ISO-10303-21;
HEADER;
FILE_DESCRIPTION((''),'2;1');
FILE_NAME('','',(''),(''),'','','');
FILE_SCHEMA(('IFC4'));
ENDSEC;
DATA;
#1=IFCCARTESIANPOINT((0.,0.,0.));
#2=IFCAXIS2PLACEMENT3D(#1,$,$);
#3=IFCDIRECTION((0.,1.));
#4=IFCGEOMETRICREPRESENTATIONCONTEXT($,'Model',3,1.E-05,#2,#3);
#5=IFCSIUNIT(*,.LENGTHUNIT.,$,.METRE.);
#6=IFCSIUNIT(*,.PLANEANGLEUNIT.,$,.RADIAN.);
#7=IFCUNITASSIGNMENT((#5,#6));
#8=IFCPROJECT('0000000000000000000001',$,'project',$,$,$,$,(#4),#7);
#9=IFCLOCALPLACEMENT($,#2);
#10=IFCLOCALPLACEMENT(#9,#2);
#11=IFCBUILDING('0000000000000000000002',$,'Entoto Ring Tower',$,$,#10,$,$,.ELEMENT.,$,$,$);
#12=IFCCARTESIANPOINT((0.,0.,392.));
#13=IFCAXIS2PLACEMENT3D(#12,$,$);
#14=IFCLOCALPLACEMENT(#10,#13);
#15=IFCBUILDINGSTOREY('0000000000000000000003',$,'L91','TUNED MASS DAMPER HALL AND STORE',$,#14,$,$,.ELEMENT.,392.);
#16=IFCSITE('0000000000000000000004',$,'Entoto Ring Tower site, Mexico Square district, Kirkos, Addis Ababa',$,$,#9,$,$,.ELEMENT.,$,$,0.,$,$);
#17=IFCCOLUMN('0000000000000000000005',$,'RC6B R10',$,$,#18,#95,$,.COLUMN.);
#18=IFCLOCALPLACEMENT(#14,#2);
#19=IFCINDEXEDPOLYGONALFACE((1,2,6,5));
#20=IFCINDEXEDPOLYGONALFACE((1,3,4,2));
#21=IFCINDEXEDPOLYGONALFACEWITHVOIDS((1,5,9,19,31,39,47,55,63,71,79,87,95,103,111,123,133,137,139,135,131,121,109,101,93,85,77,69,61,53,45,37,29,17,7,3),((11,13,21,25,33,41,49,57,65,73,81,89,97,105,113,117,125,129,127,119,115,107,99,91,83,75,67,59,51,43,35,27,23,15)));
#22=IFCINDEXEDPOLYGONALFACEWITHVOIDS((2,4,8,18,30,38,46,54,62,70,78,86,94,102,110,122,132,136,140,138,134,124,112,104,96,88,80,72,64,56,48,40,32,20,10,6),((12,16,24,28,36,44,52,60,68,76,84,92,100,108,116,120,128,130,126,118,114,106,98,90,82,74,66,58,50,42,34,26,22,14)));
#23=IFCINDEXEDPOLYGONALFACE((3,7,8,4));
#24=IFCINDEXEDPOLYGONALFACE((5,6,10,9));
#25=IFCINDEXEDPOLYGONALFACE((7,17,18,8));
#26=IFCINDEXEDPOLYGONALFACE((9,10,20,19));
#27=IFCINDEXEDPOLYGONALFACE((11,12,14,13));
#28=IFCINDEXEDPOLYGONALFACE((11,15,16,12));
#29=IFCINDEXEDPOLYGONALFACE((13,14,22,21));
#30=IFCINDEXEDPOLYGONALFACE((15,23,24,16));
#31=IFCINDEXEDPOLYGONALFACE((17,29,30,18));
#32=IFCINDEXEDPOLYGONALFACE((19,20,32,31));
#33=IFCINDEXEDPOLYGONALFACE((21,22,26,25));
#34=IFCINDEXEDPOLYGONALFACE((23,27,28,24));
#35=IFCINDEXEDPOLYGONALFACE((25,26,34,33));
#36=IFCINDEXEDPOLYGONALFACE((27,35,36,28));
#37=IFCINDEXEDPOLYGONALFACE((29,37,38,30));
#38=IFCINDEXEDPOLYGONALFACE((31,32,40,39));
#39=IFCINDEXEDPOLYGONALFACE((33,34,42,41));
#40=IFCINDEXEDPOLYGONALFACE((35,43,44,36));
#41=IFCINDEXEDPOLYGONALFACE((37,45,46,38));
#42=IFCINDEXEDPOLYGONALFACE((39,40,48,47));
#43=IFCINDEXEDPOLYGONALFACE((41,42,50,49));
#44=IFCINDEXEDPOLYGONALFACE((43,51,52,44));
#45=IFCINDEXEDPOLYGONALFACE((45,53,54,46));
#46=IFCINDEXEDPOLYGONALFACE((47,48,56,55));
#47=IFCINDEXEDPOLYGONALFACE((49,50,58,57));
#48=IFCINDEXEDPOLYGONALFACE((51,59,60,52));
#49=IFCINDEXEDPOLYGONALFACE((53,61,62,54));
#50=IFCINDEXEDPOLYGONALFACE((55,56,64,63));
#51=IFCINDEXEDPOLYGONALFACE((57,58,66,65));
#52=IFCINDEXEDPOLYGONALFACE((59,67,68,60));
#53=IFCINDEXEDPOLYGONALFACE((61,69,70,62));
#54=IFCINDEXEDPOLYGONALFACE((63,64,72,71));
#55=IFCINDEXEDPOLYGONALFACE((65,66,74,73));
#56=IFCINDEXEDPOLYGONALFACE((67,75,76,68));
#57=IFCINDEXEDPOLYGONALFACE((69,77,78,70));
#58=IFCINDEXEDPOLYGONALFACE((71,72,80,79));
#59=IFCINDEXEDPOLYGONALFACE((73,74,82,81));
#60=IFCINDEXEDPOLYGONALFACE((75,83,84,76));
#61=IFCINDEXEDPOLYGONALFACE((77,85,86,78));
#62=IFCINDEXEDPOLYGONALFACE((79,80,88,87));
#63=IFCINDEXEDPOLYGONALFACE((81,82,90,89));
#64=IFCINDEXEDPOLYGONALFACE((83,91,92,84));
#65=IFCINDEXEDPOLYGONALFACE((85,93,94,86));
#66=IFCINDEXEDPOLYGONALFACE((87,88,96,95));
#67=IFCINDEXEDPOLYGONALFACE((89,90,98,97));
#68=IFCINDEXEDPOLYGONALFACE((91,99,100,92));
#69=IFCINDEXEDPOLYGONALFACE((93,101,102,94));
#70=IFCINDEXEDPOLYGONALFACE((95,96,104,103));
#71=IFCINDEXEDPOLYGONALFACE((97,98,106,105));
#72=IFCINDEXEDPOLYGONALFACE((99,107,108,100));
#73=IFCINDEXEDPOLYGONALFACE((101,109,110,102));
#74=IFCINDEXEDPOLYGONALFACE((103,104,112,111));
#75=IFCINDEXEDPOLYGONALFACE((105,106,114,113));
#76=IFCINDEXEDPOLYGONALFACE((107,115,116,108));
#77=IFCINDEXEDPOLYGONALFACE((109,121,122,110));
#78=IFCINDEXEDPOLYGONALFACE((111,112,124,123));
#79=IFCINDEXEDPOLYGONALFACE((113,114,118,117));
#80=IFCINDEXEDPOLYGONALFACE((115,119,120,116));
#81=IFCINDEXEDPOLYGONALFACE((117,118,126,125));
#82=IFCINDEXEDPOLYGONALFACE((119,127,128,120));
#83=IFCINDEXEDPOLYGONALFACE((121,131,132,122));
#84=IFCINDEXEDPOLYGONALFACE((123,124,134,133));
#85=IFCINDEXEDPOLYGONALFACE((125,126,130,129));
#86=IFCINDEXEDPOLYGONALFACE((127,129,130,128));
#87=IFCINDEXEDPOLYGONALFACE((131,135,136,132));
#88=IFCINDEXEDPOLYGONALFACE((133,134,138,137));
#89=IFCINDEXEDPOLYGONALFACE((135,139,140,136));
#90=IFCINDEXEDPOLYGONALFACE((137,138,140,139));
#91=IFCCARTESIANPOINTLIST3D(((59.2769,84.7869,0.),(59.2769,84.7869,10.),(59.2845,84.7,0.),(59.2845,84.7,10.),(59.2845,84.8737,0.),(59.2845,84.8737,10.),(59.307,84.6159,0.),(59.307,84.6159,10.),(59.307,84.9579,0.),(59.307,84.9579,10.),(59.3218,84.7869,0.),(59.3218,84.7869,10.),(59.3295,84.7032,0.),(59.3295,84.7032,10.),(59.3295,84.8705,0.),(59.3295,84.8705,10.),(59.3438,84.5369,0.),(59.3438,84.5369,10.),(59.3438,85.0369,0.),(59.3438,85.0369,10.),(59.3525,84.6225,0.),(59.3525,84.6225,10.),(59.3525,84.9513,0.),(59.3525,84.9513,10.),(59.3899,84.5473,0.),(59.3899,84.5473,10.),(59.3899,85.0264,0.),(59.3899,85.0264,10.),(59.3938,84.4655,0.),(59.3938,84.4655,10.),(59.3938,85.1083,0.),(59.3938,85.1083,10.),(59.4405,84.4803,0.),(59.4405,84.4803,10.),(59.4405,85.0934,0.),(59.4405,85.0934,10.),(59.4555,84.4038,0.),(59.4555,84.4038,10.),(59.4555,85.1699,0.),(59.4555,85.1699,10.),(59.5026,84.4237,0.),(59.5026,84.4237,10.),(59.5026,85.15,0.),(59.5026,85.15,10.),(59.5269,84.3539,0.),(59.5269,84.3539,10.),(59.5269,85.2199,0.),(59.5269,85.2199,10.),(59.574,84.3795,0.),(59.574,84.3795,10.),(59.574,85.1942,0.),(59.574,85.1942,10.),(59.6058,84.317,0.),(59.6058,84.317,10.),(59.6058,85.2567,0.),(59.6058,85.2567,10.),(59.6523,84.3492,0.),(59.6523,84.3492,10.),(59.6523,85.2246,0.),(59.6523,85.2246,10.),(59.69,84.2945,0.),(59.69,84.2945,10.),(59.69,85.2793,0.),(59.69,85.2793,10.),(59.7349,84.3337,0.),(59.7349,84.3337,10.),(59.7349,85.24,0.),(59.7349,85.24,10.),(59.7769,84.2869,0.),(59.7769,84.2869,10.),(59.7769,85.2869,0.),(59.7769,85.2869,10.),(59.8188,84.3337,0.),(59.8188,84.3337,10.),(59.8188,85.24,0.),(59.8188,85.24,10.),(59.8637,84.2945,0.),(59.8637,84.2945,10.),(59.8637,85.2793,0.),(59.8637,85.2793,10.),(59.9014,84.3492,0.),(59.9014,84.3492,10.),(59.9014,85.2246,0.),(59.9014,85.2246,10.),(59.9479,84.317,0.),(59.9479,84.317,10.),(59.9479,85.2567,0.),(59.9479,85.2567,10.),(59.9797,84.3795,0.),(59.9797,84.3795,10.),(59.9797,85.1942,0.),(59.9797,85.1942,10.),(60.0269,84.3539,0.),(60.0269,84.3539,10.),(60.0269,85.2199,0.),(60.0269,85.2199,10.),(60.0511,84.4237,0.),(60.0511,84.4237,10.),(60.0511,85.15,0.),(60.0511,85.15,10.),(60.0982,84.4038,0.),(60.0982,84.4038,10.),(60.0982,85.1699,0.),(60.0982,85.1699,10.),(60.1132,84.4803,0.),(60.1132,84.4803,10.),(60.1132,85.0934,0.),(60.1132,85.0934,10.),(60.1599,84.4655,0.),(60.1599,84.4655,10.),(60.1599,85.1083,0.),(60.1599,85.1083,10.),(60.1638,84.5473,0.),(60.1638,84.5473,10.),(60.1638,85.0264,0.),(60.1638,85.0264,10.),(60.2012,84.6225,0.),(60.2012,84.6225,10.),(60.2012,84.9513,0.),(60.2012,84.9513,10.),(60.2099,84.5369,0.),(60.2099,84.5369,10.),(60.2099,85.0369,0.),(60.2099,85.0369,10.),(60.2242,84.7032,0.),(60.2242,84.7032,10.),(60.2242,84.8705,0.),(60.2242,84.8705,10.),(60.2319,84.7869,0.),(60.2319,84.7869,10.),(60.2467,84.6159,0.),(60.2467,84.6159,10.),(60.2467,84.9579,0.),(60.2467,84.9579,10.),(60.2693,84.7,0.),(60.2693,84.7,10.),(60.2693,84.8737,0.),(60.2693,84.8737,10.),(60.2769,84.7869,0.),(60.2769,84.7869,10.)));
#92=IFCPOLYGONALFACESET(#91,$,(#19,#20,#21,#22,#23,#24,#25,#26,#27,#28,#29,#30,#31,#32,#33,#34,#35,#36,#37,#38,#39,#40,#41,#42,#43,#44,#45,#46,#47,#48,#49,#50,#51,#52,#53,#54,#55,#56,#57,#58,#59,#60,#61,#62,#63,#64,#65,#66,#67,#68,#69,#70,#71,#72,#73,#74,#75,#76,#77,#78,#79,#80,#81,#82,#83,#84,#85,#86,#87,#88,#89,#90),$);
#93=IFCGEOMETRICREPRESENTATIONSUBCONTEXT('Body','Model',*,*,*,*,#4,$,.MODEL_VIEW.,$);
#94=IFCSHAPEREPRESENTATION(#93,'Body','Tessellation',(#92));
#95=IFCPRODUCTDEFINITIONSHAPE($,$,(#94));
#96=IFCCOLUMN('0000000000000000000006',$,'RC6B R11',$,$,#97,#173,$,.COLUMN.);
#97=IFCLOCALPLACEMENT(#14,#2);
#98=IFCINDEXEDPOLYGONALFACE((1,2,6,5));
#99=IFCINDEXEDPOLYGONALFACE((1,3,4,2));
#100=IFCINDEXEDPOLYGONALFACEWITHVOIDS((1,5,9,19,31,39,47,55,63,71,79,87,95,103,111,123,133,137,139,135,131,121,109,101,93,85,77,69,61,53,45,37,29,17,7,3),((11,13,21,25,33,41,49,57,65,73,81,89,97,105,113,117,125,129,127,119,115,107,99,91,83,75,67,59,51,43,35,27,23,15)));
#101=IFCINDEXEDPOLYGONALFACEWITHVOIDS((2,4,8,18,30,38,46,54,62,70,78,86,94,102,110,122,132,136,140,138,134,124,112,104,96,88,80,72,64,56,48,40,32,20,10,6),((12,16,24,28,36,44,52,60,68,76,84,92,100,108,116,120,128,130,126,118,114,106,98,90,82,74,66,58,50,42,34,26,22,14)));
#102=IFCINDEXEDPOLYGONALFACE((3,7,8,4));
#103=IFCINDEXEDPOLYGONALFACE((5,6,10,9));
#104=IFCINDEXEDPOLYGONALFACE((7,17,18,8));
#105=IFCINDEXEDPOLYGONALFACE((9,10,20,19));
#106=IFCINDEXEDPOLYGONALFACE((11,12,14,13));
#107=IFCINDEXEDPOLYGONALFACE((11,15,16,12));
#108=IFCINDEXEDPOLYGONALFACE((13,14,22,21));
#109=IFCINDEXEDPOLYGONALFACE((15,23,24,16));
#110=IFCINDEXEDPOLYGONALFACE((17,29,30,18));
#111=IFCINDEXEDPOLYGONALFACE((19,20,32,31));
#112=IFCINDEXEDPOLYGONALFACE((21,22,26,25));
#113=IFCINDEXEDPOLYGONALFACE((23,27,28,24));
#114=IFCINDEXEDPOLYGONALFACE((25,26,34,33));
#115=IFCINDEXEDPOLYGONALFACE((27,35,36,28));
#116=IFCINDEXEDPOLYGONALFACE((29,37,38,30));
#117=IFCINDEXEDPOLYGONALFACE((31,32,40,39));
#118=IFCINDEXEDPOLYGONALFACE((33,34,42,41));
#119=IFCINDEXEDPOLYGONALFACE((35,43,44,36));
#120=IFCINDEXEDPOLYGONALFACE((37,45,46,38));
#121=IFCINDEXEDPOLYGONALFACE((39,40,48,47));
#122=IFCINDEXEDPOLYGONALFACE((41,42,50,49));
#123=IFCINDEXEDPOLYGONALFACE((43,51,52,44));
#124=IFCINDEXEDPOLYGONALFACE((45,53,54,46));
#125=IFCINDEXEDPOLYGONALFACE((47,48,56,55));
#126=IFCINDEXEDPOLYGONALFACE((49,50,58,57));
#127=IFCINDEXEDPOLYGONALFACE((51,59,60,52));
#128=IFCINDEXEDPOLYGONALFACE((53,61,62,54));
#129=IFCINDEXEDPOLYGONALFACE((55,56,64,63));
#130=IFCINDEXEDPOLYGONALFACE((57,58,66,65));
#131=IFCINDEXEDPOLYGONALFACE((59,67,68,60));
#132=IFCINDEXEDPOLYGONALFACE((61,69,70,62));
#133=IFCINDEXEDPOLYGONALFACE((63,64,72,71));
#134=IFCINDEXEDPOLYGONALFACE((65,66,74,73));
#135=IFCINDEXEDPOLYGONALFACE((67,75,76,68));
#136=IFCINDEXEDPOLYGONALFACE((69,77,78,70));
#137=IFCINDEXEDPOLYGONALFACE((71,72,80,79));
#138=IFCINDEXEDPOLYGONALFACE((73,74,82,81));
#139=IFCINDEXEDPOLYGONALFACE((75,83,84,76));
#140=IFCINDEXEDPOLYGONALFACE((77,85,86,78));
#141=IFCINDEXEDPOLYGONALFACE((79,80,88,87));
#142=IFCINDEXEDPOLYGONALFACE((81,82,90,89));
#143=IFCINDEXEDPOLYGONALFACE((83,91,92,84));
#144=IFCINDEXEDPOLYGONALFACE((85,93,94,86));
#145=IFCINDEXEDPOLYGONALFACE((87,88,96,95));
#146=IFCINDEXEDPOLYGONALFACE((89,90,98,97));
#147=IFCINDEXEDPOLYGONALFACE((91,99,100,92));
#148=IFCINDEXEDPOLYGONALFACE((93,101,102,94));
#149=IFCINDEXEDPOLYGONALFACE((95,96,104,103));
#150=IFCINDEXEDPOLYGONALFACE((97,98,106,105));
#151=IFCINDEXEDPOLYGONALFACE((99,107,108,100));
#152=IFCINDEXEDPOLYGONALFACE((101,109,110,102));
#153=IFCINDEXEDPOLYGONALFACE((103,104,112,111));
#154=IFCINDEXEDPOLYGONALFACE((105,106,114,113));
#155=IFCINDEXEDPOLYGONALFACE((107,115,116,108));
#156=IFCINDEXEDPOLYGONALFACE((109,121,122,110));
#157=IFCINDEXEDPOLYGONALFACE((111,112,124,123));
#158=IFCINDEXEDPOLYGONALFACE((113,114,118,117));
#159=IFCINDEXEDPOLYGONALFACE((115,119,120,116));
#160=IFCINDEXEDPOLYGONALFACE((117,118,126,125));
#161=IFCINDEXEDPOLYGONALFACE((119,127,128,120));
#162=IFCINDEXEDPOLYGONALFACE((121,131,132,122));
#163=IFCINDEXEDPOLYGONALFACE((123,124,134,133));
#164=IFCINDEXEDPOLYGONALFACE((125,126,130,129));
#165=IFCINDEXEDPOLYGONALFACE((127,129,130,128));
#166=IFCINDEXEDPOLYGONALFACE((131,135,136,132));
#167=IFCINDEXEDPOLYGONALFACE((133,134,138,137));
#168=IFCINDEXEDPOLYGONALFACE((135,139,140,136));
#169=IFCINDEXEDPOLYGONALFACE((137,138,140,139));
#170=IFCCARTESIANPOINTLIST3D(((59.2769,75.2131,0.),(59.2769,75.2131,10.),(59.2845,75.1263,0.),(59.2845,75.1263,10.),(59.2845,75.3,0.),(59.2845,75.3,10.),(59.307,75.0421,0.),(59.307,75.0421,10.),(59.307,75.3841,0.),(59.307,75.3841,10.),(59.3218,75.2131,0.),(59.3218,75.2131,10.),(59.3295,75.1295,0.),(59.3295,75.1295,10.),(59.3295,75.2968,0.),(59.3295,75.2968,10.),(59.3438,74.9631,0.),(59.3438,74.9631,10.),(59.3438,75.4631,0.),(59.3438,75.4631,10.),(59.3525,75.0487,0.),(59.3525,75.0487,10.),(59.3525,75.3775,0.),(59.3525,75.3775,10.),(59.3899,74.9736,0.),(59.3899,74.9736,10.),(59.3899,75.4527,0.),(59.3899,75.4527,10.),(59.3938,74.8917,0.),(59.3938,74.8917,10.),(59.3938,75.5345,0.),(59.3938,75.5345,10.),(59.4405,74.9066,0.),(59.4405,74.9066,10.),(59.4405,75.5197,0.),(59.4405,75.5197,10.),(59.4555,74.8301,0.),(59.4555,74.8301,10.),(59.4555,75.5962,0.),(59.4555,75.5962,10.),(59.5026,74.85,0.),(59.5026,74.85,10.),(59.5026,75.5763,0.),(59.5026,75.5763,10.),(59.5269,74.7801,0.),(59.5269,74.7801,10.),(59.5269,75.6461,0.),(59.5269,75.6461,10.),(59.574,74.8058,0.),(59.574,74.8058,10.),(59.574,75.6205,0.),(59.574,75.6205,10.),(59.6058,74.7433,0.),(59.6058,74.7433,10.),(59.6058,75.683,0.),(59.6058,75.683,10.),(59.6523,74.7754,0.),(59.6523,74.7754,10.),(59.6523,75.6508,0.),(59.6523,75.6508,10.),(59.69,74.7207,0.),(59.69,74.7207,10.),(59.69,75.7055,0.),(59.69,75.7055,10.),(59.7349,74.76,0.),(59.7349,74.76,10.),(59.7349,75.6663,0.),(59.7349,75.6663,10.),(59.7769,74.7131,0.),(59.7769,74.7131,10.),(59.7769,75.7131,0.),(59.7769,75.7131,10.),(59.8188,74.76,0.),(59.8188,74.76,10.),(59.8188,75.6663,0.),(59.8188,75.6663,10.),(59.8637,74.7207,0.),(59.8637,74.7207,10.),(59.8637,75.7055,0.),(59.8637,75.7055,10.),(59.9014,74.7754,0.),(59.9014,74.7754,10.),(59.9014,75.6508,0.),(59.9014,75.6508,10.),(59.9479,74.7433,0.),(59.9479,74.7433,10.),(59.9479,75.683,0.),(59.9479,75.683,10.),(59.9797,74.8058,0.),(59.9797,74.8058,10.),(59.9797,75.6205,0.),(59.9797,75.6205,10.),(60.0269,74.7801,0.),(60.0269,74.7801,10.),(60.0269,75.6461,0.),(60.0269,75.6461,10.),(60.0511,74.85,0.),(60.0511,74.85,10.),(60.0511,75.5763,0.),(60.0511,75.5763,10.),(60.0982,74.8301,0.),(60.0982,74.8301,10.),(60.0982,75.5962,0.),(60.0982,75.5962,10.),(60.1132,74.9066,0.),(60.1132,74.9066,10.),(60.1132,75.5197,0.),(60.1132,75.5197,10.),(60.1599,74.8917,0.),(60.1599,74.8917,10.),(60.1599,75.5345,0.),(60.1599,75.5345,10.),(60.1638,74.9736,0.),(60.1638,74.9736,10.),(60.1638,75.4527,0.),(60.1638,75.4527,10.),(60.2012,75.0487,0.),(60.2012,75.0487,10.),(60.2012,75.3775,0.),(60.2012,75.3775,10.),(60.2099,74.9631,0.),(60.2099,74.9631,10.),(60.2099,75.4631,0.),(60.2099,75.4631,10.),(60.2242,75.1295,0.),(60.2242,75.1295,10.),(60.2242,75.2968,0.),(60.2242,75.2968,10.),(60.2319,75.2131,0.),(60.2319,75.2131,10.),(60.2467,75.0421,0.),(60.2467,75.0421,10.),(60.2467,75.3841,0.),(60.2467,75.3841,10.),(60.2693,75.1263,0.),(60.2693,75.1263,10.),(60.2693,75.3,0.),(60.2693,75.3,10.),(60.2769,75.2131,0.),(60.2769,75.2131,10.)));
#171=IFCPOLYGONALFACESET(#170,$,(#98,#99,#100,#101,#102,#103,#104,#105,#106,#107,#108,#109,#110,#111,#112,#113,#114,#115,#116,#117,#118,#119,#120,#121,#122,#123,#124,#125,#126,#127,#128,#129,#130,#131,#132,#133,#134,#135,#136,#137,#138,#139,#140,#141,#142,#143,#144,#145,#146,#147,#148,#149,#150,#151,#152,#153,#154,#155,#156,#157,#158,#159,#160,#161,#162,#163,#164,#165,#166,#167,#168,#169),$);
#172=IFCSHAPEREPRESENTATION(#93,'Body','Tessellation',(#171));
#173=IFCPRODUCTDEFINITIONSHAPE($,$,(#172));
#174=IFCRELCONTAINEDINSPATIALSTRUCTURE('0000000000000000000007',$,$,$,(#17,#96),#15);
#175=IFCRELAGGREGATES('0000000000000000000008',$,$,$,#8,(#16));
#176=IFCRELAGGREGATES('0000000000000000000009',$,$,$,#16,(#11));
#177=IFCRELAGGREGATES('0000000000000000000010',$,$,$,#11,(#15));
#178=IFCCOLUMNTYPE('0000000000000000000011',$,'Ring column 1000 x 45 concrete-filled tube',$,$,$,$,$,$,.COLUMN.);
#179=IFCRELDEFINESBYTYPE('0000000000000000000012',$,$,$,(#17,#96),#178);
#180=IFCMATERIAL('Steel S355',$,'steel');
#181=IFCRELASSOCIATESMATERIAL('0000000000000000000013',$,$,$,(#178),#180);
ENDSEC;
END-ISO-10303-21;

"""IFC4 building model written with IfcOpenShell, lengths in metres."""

from ifc_helpers import new_model, si_unit, direction, frame, origin, origin_2d, place, context, subcontext, project, spatial, circle, hollow_circle, extrude, material, material_profile, profile_set, type_object, element, save


model = new_model("IFC4")

# Units and contexts
model_context = context("Model", 3, precision=1e-05, world=origin(), true_north=direction((0.0, 1.0)))
body_context = subcontext(model_context, "Body", "Model", "MODEL_VIEW")
ifc_project = project(units=[si_unit("LENGTHUNIT", "METRE"), si_unit("PLANEANGLEUNIT", "RADIAN")], contexts=[model_context])

# Site, building, storey
site_placement = place(None, origin())
site = spatial("IfcSite", under=ifc_project, at=site_placement, Name="Entoto Ring Tower site, Mexico Square district, Kirkos, Addis Ababa", CompositionType="ELEMENT", RefElevation=0.0)
building_placement = place(site_placement, origin())
building = spatial("IfcBuilding", under=site, at=building_placement, Name="Entoto Ring Tower", CompositionType="ELEMENT")
storey_placement = place(building_placement, frame((0.0, 0.0, 392.0)))
storey = spatial("IfcBuildingStorey", under=building, at=storey_placement, Name="L91", Description="TUNED MASS DAMPER HALL AND STORE", CompositionType="ELEMENT", Elevation=392.0)

# Columns
ifc_material_1 = material(Name="Steel S355", Category="steel")
ifc_material_profile_1 = material_profile(ifc_material_1, hollow_circle(Radius=0.5, WallThickness=0.0449, at=origin_2d()), Name="CHS 1000 x 45")
ifc_material_2 = material(Name="Concrete C60/75", Category="concrete")
ifc_material_profile_2 = material_profile(ifc_material_2, circle(Radius=0.4551, at=origin_2d()), Name="Concrete C60/75 infill")
ifc_profile_set_1 = profile_set([ifc_material_profile_1, ifc_material_profile_2], Name="Steel S355")
column_type = type_object("IfcColumnType", Name="Ring column 1000 x 45 concrete-filled tube", PredefinedType="COLUMN", material=ifc_profile_set_1)
for number, where, z_axis, x_axis, name in (
    (1, (59.7769, 84.7869, 0.0), (0.0, 0.0, 1.0), (1.0, 0.0, 0.0), "RC6B R10"),
    (2, (59.7769, 75.2131, 0.0), (0.0, 0.0, 1.0), (1.0, 0.0, 0.0), "RC6B R11"),
):
    element("IfcColumn", number, at=place(storey_placement, frame(where, z_axis=z_axis, x_axis=x_axis)), inside=storey, type_object=column_type, Name=name, PredefinedType="COLUMN", context=body_context, shape_type="SweptSolid", body=[
        extrude(hollow_circle(Radius=0.5, WallThickness=0.0449, at=origin_2d()), origin(), (0.0, 0.0, 1.0), 10.0),
    ])

save(model, "model.ifc")
